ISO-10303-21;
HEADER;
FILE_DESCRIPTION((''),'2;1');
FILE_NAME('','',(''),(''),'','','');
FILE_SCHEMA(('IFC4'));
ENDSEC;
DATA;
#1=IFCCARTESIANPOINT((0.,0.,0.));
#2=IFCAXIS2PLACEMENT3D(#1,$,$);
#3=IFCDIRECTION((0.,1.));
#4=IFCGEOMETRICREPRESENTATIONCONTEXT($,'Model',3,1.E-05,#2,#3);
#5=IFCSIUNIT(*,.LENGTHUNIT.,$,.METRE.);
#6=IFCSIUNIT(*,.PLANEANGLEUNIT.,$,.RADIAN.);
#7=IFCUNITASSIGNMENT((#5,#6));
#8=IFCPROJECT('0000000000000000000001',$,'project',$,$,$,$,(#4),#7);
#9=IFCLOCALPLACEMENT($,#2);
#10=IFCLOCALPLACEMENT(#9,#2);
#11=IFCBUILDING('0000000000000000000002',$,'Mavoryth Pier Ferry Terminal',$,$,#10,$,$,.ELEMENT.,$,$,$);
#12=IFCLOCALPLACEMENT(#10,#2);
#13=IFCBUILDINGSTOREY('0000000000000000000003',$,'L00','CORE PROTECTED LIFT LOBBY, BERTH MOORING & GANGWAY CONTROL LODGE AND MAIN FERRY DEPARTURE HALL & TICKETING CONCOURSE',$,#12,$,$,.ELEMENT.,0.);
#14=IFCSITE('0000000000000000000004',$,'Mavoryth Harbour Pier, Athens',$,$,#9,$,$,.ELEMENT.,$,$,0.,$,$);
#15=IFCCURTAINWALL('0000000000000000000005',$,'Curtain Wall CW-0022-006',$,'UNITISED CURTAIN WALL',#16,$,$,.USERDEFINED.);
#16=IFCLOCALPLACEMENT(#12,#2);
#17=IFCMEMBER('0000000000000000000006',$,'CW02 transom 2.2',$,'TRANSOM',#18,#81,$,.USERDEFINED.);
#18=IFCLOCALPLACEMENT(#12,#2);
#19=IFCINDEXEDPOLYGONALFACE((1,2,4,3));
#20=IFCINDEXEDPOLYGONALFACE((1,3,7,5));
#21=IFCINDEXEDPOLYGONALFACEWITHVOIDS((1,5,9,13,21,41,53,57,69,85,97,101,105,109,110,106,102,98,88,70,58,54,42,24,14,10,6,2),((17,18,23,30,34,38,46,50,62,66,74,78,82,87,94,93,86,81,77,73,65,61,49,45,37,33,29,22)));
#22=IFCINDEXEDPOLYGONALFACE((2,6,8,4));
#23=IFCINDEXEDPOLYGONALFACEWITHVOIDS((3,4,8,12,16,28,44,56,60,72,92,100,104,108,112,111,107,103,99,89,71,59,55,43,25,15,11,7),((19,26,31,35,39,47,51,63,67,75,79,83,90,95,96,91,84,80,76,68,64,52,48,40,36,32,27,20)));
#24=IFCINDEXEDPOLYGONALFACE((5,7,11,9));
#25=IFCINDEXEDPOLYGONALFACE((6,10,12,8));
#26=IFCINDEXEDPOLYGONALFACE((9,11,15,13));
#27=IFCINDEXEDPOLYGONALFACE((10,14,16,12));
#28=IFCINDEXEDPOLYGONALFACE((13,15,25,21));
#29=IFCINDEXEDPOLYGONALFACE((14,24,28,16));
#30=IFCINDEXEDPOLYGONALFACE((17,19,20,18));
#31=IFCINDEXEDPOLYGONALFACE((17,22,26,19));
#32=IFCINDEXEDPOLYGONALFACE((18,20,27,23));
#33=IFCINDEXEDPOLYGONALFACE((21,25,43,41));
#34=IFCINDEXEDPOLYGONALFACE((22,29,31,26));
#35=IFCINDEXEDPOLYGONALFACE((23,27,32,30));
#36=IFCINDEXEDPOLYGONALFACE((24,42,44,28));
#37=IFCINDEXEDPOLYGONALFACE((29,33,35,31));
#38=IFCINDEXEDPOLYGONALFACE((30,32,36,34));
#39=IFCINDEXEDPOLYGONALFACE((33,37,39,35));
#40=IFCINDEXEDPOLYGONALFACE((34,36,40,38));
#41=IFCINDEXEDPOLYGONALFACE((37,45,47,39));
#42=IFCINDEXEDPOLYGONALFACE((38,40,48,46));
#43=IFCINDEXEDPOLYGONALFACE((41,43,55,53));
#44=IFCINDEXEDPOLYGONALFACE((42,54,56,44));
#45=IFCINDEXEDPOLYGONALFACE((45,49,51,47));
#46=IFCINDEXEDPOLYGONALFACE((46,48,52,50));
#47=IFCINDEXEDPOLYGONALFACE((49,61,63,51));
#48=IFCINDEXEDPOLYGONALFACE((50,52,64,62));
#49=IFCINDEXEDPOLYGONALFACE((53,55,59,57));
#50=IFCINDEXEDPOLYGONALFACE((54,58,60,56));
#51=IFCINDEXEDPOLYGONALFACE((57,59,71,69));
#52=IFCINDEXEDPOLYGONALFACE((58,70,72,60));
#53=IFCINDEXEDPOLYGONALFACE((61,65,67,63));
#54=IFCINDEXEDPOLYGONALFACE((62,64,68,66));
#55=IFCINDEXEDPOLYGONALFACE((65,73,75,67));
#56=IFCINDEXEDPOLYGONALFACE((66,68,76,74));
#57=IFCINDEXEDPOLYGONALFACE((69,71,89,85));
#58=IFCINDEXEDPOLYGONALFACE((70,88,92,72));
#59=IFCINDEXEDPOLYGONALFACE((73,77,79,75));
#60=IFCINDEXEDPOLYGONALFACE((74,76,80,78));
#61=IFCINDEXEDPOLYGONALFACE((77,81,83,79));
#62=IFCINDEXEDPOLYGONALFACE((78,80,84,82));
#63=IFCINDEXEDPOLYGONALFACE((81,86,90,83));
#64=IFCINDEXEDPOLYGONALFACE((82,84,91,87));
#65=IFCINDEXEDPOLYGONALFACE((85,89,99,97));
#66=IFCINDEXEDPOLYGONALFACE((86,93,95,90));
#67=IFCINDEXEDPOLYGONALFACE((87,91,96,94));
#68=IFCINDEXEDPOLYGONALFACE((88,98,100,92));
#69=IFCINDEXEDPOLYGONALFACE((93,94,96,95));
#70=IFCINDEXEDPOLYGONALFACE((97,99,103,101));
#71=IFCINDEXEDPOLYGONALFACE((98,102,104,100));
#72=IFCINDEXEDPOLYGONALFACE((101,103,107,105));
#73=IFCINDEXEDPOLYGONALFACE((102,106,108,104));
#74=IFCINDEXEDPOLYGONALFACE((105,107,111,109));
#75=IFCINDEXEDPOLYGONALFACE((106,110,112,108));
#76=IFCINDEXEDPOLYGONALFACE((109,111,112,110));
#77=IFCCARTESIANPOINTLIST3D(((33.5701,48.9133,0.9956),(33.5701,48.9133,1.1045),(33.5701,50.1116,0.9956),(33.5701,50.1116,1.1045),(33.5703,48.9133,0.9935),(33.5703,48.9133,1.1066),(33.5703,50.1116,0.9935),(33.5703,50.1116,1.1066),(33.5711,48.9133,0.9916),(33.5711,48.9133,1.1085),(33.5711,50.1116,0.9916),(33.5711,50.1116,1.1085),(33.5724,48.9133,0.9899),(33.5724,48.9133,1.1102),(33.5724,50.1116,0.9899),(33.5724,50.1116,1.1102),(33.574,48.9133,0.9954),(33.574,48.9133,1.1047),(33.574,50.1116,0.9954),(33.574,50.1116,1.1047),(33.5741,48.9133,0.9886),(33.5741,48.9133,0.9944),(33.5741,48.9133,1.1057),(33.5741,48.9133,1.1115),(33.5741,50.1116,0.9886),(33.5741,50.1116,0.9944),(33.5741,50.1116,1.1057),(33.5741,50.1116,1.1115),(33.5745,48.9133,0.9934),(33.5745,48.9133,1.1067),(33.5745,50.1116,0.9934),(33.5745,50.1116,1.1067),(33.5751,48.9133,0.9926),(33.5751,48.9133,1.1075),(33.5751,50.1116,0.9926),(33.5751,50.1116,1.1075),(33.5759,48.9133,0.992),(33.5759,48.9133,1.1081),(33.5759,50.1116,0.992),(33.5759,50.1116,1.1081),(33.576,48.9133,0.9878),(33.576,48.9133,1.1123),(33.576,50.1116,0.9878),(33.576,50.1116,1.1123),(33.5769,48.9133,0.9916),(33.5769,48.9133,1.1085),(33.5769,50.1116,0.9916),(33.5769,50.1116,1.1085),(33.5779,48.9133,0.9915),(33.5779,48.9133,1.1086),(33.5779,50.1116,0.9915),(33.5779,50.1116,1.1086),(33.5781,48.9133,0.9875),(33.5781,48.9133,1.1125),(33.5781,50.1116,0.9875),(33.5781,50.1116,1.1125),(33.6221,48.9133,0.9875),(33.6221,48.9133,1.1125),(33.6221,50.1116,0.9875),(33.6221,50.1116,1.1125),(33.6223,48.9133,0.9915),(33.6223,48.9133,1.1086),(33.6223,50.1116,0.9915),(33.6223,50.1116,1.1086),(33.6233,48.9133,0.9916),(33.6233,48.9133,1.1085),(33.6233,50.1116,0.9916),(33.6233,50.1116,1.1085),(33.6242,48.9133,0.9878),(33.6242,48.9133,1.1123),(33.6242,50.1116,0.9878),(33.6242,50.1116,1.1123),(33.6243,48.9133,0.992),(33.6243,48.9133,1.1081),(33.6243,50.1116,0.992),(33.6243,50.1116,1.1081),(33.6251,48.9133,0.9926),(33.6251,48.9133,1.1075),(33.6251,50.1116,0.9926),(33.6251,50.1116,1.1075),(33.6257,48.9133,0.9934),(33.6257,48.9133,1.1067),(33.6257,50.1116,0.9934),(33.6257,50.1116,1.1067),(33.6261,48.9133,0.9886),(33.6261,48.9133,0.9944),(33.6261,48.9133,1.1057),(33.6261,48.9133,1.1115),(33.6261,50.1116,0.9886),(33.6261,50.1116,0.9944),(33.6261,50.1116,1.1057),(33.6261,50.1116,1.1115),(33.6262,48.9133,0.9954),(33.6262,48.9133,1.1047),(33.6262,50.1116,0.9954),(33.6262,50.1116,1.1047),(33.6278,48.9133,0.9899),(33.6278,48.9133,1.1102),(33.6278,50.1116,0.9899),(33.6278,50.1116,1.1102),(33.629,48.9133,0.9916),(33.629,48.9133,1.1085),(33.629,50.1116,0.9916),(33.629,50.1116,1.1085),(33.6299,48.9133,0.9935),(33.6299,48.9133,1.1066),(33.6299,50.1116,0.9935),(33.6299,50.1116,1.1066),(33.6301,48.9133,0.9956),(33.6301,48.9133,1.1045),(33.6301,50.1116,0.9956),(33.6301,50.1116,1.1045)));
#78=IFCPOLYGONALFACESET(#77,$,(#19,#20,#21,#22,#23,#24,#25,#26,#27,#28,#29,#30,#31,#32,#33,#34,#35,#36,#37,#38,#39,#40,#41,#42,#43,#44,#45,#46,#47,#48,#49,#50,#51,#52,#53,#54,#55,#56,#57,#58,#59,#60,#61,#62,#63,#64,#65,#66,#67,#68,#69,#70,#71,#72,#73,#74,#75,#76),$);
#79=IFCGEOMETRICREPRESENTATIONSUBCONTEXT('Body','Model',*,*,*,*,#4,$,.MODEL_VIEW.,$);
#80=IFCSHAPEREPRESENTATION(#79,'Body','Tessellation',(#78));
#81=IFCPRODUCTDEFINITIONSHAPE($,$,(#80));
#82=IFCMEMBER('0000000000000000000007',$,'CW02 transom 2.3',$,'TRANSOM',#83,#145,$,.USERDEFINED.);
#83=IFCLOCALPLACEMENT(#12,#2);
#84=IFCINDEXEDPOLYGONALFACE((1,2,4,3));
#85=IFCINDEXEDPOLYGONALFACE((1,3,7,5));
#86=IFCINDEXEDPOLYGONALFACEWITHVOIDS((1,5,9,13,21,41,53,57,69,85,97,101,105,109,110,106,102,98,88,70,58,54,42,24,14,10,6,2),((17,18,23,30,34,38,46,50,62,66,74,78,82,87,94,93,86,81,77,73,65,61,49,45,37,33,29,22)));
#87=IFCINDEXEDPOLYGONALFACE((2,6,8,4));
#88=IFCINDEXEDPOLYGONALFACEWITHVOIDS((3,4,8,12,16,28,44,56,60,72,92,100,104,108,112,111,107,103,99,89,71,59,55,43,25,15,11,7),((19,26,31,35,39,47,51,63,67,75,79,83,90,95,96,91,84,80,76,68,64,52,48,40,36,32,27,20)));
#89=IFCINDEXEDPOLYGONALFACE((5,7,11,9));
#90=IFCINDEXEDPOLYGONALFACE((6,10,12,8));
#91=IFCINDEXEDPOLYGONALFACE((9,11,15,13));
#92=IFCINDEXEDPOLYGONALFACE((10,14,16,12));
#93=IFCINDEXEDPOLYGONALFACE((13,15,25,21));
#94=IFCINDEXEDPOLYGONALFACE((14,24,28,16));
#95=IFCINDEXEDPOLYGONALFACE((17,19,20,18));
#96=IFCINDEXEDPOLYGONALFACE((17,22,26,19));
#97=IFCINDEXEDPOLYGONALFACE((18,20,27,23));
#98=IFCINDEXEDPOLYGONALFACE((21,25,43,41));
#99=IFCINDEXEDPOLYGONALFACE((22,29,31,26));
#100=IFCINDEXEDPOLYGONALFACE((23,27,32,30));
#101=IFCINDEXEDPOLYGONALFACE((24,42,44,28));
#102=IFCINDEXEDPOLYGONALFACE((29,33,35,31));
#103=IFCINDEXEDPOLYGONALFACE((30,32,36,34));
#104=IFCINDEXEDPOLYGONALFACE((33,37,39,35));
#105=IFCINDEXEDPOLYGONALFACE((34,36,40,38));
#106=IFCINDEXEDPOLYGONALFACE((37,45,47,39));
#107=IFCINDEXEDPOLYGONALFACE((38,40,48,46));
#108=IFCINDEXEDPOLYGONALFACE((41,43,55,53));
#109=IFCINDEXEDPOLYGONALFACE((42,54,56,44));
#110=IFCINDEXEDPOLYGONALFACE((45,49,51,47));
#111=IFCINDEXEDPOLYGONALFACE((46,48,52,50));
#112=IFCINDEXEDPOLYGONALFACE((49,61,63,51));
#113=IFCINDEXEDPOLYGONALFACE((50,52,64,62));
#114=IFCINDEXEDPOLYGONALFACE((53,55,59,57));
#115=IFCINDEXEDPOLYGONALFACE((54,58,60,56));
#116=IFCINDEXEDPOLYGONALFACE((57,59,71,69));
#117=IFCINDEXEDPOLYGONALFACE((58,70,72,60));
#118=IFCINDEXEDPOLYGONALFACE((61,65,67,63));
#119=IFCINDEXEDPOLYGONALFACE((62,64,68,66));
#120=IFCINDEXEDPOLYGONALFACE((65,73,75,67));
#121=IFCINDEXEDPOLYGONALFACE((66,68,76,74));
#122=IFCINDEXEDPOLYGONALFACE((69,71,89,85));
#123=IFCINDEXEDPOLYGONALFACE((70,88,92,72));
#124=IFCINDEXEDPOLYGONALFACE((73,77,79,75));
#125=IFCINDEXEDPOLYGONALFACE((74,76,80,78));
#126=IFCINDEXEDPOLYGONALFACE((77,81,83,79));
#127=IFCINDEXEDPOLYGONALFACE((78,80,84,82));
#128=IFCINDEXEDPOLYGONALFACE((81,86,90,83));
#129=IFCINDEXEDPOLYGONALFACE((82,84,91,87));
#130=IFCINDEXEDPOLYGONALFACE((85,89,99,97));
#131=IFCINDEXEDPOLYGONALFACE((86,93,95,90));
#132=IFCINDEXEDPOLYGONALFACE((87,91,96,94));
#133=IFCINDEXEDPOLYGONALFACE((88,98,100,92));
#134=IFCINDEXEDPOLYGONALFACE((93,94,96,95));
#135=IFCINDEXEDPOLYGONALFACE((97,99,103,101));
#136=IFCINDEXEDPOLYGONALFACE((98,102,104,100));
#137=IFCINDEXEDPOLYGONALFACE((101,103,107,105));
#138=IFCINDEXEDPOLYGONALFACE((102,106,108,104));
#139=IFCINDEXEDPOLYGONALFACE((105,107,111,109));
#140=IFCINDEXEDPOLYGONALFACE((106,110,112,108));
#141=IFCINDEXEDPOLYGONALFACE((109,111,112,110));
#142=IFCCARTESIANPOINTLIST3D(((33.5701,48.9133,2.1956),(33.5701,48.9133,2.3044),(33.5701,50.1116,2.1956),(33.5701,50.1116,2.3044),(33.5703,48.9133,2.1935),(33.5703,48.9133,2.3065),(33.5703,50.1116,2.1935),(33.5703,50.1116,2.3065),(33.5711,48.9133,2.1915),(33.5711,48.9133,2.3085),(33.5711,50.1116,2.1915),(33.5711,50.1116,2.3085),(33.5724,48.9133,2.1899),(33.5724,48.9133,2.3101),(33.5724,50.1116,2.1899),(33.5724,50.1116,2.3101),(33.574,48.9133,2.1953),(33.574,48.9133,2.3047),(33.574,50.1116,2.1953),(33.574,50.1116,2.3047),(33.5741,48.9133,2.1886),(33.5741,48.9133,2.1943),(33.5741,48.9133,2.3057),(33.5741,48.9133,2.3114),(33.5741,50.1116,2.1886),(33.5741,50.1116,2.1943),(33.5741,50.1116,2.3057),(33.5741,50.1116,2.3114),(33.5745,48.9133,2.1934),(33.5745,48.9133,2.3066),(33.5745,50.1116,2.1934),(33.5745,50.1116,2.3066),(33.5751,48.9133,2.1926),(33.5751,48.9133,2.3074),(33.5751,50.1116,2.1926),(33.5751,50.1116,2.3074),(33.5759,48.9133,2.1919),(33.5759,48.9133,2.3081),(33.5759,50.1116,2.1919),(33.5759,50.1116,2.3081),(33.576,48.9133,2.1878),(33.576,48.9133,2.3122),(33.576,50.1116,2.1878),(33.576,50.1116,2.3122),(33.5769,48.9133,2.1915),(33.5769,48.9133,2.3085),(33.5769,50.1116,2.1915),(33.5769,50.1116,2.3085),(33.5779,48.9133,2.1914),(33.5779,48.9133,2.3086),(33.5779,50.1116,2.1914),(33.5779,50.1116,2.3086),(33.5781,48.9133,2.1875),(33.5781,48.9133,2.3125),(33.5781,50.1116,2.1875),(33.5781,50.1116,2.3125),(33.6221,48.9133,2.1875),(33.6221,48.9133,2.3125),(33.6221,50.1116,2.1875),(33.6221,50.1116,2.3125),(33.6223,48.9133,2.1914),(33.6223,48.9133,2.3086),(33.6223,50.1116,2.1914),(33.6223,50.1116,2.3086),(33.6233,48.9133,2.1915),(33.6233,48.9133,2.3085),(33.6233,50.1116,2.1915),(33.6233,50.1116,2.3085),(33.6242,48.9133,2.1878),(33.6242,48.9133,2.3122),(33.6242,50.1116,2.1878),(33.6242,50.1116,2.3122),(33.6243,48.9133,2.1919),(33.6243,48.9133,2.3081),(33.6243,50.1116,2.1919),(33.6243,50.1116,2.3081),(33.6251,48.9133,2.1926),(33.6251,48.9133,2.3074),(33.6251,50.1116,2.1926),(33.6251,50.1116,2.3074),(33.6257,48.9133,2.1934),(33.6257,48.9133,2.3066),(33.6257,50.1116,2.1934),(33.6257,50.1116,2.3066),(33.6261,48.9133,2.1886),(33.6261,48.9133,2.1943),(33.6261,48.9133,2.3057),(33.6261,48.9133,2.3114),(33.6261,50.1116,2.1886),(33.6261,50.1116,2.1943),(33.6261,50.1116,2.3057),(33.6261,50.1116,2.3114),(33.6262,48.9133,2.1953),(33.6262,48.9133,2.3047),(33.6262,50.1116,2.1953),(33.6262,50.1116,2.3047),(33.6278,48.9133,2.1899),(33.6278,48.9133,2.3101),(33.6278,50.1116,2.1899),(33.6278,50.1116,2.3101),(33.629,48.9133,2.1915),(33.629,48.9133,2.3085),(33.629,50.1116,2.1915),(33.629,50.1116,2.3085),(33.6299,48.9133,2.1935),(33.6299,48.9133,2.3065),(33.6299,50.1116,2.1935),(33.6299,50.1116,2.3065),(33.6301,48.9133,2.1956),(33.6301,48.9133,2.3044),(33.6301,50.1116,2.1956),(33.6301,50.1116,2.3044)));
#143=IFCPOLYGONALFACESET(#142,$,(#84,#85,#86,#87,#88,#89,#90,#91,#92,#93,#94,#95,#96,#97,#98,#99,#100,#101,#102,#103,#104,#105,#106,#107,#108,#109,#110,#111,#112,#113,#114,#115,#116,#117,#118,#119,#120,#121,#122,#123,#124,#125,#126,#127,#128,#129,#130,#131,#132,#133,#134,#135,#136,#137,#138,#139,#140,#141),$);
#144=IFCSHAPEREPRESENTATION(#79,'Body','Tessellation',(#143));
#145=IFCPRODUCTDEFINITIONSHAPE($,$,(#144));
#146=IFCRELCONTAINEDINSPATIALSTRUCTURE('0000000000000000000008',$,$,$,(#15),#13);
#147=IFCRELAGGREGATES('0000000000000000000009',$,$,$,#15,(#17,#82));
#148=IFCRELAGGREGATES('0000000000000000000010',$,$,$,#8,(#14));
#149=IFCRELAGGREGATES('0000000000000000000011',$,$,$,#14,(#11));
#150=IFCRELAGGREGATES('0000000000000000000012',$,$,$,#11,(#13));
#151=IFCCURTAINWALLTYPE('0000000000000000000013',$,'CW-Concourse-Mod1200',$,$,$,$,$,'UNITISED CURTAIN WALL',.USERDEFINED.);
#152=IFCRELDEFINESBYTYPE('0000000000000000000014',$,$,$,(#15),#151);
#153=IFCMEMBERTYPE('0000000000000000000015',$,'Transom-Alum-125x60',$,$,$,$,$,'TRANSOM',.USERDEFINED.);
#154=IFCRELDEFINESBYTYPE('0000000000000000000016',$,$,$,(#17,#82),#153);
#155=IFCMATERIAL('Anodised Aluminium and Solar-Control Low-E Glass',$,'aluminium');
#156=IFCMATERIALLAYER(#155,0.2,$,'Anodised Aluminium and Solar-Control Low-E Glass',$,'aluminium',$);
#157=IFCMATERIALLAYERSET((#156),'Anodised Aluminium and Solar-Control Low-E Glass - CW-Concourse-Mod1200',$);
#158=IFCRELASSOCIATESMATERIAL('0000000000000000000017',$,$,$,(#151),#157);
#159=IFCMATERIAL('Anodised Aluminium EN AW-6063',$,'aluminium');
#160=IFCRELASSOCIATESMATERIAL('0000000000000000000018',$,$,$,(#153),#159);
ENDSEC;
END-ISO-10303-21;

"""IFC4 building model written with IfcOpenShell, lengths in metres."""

from ifc_helpers import new_model, si_unit, direction, frame, origin, origin_2d, place, context, subcontext, project, spatial, hollow_rectangle, extrude, material, layer, layer_set, material_profile, profile_set, type_object, element, aggregate, save


model = new_model("IFC4")

# Units and contexts
model_context = context("Model", 3, precision=1e-05, world=origin(), true_north=direction((0.0, 1.0)))
body_context = subcontext(model_context, "Body", "Model", "MODEL_VIEW")
ifc_project = project(units=[si_unit("LENGTHUNIT", "METRE"), si_unit("PLANEANGLEUNIT", "RADIAN")], contexts=[model_context])

# Site, building, storey
site_placement = place(None, origin())
site = spatial("IfcSite", under=ifc_project, at=site_placement, Name="Mavoryth Harbour Pier, Athens", CompositionType="ELEMENT", RefElevation=0.0)
building_placement = place(site_placement, origin())
building = spatial("IfcBuilding", under=site, at=building_placement, Name="Mavoryth Pier Ferry Terminal", CompositionType="ELEMENT")
storey_placement = place(building_placement, origin())
storey = spatial("IfcBuildingStorey", under=building, at=storey_placement, Name="L00", Description="CORE PROTECTED LIFT LOBBY, BERTH MOORING & GANGWAY CONTROL LODGE AND MAIN FERRY DEPARTURE HALL & TICKETING CONCOURSE", CompositionType="ELEMENT", Elevation=0.0)

# Curtain wall, members
ifc_material_1 = material(Name="Anodised Aluminium and Solar-Control Low-E Glass", Category="aluminium")
ifc_layer_1 = layer(ifc_material_1, 0.2, Name="Anodised Aluminium and Solar-Control Low-E Glass", Category="aluminium")
ifc_layer_set_1 = layer_set([ifc_layer_1], Name="Anodised Aluminium and Solar-Control Low-E Glass - CW-Concourse-Mod1200")
curtain_wall_type = type_object("IfcCurtainWallType", Name="CW-Concourse-Mod1200", ElementType="UNITISED CURTAIN WALL", PredefinedType="USERDEFINED", material=ifc_layer_set_1)
curtain_wall_placement = place(storey_placement, origin())
curtain_wall = element("IfcCurtainWall", 1, at=curtain_wall_placement, inside=storey, type_object=curtain_wall_type, Name="Curtain Wall CW-0022-006", ObjectType="UNITISED CURTAIN WALL", PredefinedType="USERDEFINED")
ifc_material_2 = material(Name="Anodised Aluminium EN AW-6063", Category="aluminium")
ifc_material_profile_1 = material_profile(ifc_material_2, hollow_rectangle(XDim=0.0601, YDim=0.125, WallThickness=0.0039, InnerFilletRadius=0.0039, OuterFilletRadius=0.0081, at=origin_2d()), Name="AL-TRAN 125x60x4", Category="aluminium")
ifc_profile_set_1 = profile_set([ifc_material_profile_1], Name="Anodised Aluminium EN AW-6063 - AL-TRAN 125x60x4")
member_type_1 = type_object("IfcMemberType", Name="Transom-Alum-125x60", ElementType="TRANSOM", PredefinedType="USERDEFINED", material=ifc_profile_set_1)
member_1_placement = place(storey_placement, frame((33.6001, 48.9133, 1.05), z_axis=(0.0, 1.0, 0.0), x_axis=(-1.0, 0.0, 0.0)))
member_1 = element("IfcMember", 2, at=member_1_placement, type_object=member_type_1, Name="CW02 transom 2.2", ObjectType="TRANSOM", PredefinedType="USERDEFINED", context=body_context, shape_type="SweptSolid", body=[
    extrude(hollow_rectangle(XDim=0.0601, YDim=0.125, WallThickness=0.0039, InnerFilletRadius=0.0039, OuterFilletRadius=0.0081, at=origin_2d()), origin(), (0.0, 0.0, 1.0), 1.1982),
])
member_2_placement = place(storey_placement, frame((33.6001, 48.9133, 2.25), z_axis=(0.0, 1.0, 0.0), x_axis=(-1.0, 0.0, 0.0)))
member_2 = element("IfcMember", 3, at=member_2_placement, type_object=member_type_1, Name="CW02 transom 2.3", ObjectType="TRANSOM", PredefinedType="USERDEFINED", context=body_context, shape_type="SweptSolid", body=[
    extrude(hollow_rectangle(XDim=0.0601, YDim=0.125, WallThickness=0.0039, InnerFilletRadius=0.0039, OuterFilletRadius=0.0081, at=origin_2d()), origin(), (0.0, 0.0, 1.0), 1.1982),
])
aggregate(curtain_wall, [member_1, member_2])

save(model, "model.ifc")
